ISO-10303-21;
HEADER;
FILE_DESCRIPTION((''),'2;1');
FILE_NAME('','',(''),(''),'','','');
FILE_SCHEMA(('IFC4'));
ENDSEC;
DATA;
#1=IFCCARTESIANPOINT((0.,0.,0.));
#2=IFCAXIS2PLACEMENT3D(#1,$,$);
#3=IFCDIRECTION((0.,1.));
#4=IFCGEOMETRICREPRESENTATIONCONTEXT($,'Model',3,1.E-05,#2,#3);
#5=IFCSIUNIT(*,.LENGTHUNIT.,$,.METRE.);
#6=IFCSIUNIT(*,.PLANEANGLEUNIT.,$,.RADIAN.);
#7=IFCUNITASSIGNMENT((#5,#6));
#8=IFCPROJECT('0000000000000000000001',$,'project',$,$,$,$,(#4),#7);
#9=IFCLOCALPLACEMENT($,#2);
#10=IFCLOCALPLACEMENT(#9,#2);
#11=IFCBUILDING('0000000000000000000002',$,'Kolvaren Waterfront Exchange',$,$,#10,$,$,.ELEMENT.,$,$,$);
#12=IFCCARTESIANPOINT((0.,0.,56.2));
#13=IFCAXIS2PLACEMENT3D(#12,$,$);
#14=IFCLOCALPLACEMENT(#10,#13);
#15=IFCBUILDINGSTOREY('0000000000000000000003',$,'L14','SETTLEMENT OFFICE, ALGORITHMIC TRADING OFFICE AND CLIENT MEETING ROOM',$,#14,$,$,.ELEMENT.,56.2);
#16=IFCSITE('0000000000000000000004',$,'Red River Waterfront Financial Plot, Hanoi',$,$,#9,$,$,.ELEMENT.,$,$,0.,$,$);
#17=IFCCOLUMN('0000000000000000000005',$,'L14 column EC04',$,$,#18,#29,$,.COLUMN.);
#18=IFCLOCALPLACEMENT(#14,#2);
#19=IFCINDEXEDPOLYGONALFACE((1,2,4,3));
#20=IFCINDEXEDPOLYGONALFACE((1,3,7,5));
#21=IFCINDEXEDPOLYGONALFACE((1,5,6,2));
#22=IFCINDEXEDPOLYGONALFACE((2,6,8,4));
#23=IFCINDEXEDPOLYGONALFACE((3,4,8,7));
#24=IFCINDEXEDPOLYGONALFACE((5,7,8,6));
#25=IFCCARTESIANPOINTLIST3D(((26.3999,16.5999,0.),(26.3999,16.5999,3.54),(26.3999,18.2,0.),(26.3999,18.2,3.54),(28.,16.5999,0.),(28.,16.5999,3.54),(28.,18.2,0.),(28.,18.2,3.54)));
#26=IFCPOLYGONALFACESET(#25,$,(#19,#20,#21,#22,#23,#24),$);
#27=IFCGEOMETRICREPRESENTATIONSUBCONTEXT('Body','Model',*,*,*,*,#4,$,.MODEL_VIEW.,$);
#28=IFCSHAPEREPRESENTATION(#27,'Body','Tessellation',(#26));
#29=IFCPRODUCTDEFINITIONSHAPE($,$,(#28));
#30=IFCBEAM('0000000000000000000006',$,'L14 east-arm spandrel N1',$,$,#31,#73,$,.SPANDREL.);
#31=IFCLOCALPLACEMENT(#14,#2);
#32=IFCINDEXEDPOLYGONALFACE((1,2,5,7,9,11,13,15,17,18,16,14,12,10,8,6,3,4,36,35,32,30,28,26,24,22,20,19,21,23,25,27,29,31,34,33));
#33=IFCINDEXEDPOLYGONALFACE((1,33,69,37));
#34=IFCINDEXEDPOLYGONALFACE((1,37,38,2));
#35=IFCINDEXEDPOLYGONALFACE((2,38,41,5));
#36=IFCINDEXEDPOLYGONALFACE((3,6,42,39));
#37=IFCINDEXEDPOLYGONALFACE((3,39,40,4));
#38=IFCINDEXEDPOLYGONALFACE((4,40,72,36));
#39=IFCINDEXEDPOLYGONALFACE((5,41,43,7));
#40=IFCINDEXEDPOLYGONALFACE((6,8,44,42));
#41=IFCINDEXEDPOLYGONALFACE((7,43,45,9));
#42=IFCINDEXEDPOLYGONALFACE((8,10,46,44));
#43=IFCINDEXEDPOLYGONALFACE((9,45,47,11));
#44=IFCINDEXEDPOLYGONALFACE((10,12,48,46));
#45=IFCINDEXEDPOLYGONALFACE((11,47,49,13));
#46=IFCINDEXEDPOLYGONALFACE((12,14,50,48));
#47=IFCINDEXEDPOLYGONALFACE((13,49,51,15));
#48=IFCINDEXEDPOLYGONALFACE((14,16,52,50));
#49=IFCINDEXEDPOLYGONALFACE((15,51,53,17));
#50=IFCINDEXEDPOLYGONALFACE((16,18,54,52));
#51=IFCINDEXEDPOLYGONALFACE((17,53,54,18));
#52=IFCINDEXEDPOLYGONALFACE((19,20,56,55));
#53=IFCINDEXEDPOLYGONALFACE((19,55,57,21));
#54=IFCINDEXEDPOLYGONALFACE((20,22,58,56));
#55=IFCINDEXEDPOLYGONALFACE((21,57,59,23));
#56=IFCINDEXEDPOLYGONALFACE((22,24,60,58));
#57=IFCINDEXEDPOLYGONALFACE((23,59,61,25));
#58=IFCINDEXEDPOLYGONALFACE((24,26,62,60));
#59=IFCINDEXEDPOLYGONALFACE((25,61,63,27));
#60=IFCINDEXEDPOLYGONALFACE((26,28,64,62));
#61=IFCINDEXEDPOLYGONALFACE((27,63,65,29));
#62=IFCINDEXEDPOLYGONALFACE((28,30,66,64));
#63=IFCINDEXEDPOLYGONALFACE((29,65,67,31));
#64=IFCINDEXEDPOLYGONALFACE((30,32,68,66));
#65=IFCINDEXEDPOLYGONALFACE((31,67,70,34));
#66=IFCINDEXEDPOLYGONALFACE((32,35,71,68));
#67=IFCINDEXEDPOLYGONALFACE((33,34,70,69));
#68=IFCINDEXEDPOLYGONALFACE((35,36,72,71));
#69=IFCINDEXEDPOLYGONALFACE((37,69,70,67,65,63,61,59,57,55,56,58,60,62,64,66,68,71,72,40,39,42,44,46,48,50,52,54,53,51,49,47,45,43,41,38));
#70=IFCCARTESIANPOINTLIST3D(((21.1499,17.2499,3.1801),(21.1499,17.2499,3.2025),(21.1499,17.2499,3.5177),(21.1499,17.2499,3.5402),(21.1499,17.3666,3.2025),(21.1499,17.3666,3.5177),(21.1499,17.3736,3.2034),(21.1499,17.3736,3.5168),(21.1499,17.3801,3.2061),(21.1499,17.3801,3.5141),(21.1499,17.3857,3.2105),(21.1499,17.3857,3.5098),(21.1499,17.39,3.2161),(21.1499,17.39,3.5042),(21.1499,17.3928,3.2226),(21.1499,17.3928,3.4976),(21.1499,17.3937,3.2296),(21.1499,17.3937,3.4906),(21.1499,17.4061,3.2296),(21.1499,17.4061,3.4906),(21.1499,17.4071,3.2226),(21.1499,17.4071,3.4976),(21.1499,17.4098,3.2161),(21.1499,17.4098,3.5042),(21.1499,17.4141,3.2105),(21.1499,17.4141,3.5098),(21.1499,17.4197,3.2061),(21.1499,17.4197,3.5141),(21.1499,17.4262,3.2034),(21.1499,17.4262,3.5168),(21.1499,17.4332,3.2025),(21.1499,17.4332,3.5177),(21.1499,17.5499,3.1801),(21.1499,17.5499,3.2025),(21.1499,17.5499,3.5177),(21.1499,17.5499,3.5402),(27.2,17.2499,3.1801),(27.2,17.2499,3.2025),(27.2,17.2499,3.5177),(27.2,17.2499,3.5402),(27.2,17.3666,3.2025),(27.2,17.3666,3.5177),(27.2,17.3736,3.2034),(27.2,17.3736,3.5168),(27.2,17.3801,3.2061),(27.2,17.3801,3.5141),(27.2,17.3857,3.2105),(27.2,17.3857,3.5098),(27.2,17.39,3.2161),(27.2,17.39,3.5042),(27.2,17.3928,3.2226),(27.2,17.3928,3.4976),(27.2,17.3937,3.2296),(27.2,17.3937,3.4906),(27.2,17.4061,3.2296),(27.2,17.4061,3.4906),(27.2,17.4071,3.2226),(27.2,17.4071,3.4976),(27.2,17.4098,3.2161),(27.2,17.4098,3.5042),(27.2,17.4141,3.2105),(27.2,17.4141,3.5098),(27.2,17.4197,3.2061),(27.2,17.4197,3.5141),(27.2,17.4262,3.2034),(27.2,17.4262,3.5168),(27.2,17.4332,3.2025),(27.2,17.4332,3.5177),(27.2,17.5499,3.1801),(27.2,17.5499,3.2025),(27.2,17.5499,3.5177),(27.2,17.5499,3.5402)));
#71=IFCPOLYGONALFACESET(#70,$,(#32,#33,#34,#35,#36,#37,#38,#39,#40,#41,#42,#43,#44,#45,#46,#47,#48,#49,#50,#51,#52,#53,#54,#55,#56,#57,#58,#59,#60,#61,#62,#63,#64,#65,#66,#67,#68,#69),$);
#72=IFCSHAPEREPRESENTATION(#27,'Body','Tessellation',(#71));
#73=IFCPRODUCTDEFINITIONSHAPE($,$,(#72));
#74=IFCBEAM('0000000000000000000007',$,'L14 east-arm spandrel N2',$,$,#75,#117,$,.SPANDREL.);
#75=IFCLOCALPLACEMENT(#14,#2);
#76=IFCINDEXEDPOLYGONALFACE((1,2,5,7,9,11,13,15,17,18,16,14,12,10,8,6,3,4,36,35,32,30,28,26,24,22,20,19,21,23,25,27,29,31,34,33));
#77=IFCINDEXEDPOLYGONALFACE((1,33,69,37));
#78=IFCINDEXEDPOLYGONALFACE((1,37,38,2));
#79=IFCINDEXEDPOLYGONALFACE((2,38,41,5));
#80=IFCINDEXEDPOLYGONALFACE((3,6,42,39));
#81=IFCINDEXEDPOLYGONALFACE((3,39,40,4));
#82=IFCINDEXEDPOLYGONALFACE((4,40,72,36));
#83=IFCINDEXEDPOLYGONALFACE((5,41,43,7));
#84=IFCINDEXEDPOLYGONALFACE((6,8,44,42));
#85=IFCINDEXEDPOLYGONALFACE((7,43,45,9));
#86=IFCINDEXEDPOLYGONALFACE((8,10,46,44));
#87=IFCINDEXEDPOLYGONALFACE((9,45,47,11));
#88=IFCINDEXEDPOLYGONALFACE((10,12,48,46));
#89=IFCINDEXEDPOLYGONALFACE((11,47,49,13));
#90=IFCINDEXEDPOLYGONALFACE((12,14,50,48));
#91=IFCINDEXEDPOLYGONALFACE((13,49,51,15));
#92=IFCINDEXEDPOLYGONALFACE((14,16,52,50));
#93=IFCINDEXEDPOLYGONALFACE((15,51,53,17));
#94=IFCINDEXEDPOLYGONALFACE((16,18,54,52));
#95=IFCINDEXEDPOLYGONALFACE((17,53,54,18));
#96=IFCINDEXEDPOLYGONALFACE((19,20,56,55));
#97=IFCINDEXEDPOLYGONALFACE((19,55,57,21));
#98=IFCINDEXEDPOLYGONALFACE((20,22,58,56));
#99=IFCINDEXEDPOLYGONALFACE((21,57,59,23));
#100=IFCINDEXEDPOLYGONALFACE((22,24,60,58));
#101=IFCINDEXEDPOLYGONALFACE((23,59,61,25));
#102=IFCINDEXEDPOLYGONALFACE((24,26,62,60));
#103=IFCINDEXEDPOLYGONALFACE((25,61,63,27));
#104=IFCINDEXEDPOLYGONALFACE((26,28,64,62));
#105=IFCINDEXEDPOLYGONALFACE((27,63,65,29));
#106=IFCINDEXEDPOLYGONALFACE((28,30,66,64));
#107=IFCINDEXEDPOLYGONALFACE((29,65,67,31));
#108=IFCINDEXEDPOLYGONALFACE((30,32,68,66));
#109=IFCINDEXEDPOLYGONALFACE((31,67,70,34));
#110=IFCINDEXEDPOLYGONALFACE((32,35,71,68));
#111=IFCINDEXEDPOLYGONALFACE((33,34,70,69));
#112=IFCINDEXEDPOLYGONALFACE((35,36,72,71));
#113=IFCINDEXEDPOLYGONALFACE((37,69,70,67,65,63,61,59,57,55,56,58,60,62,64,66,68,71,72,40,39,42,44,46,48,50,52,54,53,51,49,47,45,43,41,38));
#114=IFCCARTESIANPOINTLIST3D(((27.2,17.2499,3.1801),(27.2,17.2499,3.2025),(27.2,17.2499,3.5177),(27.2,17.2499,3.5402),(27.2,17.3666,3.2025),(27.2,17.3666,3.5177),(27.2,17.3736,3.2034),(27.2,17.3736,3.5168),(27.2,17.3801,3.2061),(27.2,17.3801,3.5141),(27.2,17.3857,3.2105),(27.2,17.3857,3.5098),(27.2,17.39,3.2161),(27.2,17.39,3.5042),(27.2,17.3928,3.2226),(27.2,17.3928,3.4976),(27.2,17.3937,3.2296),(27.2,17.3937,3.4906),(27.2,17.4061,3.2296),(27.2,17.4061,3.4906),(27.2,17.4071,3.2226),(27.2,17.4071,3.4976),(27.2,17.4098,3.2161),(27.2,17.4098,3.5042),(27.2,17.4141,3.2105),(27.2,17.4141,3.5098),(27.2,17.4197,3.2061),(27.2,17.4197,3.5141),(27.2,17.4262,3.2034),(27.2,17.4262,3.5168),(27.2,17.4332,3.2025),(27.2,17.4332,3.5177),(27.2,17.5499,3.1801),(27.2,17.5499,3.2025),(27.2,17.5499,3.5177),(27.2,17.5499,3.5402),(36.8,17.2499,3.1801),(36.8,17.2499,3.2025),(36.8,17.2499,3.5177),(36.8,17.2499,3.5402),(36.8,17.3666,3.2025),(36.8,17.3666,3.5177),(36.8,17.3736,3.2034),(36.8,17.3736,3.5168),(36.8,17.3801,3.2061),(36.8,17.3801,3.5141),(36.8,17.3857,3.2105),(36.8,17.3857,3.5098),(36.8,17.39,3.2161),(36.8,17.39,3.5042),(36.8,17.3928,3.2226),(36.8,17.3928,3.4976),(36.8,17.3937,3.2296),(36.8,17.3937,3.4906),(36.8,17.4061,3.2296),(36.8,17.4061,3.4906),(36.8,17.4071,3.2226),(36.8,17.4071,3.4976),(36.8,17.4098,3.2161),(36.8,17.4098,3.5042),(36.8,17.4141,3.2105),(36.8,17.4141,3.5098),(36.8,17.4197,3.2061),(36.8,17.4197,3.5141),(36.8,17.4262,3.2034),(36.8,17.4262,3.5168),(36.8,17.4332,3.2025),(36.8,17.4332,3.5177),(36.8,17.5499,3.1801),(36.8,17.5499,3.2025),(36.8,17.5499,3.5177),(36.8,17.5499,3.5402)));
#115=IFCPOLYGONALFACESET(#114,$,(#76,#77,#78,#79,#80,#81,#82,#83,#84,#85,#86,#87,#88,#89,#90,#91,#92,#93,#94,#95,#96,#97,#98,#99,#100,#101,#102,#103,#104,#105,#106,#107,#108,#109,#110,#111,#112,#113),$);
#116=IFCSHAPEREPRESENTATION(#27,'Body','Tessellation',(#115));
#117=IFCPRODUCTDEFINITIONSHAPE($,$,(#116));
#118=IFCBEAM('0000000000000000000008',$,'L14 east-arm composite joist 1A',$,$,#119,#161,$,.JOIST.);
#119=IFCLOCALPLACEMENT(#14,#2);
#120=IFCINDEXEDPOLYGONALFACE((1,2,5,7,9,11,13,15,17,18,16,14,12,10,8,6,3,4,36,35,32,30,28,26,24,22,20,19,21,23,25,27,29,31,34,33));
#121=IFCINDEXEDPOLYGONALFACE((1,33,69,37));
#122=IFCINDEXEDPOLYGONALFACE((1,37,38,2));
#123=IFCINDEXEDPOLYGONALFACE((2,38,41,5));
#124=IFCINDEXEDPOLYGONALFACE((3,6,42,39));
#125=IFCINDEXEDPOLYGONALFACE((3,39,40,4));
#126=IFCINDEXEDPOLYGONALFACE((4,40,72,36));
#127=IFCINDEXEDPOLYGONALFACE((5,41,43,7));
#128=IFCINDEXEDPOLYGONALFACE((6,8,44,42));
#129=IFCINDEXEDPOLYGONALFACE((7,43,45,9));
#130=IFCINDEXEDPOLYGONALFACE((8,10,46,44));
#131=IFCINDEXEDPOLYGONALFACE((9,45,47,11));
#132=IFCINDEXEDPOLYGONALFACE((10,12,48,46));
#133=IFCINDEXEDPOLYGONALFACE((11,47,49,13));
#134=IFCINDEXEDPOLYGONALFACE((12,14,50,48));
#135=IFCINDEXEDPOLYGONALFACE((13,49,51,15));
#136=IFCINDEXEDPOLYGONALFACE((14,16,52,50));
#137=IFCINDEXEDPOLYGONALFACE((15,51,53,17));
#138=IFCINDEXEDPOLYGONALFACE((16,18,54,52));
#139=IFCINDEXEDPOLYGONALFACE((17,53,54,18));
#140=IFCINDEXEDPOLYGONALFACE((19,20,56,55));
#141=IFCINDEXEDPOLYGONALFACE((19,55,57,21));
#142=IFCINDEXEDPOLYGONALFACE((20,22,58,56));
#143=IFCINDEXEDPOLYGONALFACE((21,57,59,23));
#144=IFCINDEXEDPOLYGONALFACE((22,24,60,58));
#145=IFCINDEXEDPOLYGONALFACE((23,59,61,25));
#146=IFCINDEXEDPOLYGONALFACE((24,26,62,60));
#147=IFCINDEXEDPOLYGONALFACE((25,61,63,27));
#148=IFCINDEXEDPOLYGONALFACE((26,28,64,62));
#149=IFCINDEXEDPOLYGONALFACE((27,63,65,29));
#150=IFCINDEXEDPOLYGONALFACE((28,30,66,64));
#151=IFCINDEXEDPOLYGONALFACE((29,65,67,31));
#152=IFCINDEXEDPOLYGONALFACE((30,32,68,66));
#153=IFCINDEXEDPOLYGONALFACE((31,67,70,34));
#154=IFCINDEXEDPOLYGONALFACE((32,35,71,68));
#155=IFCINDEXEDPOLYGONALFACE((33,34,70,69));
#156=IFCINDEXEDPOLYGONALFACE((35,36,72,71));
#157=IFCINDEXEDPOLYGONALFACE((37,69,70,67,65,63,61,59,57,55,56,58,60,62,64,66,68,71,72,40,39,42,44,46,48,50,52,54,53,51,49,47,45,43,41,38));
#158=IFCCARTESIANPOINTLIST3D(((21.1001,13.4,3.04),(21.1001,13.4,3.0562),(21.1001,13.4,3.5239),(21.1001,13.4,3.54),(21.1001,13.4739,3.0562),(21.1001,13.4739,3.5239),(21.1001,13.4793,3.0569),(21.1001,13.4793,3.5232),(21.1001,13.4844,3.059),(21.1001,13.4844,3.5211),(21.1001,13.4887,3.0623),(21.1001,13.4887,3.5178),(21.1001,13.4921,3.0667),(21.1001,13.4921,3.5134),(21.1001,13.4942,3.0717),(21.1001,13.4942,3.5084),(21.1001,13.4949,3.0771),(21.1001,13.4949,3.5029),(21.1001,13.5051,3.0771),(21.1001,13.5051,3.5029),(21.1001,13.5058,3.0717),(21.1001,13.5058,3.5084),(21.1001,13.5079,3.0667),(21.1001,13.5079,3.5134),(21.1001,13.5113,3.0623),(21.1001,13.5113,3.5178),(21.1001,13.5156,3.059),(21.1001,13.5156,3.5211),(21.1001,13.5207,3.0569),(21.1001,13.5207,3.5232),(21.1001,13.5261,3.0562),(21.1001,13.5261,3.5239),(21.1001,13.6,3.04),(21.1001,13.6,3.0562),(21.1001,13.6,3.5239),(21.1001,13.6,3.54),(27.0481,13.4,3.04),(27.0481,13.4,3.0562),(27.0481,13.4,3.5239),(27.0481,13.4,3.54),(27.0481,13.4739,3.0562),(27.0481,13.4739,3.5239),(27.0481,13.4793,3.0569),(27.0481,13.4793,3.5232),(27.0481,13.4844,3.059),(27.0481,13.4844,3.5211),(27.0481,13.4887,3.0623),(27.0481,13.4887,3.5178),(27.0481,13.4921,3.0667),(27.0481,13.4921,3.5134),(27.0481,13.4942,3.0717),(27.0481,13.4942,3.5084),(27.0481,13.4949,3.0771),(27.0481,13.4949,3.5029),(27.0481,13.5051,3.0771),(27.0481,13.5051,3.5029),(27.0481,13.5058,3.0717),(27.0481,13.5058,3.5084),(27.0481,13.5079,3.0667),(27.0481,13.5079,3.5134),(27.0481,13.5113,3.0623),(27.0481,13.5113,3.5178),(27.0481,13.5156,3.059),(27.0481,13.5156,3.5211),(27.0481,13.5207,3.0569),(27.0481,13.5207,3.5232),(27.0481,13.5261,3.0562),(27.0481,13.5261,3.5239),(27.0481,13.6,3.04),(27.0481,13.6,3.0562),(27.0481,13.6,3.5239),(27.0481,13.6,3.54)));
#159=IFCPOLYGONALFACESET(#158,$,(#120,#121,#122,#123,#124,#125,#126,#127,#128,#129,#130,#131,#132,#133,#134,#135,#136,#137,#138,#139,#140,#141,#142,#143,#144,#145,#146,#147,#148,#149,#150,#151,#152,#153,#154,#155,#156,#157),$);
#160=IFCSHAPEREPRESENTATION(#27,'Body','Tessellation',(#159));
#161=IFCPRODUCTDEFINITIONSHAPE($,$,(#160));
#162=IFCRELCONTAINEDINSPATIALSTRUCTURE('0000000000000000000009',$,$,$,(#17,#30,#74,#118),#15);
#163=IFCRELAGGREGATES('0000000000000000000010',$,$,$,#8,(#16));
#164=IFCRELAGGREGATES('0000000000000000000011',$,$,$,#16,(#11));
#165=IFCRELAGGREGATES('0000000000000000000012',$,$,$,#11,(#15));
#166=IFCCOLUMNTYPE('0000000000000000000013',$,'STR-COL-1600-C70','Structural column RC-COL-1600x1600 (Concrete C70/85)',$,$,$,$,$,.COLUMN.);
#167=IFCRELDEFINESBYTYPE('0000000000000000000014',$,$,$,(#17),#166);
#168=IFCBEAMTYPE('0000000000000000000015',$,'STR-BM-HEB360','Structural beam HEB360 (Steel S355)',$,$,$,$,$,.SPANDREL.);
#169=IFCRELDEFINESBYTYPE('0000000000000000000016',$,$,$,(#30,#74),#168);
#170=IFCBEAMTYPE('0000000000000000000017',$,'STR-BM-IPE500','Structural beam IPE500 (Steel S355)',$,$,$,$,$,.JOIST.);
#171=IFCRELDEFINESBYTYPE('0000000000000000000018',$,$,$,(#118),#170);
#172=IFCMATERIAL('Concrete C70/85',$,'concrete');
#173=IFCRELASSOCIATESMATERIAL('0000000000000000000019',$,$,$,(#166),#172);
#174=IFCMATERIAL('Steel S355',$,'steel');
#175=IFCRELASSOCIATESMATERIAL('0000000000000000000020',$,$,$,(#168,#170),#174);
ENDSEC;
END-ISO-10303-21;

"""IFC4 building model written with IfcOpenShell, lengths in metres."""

from ifc_helpers import new_model, si_unit, direction, frame, origin, origin_2d, place, context, subcontext, project, spatial, rectangle, i_section, extrude, material, material_profile, profile_set, type_object, element, save


model = new_model("IFC4")

# Units and contexts
model_context = context("Model", 3, precision=1e-05, world=origin(), true_north=direction((0.0, 1.0)))
body_context = subcontext(model_context, "Body", "Model", "MODEL_VIEW")
ifc_project = project(units=[si_unit("LENGTHUNIT", "METRE"), si_unit("PLANEANGLEUNIT", "RADIAN")], contexts=[model_context])

# Site, building, storey
site_placement = place(None, origin())
site = spatial("IfcSite", under=ifc_project, at=site_placement, Name="Red River Waterfront Financial Plot, Hanoi", CompositionType="ELEMENT", RefElevation=0.0)
building_placement = place(site_placement, origin())
building = spatial("IfcBuilding", under=site, at=building_placement, Name="Kolvaren Waterfront Exchange", CompositionType="ELEMENT")
storey_placement = place(building_placement, frame((0.0, 0.0, 56.2)))
storey = spatial("IfcBuildingStorey", under=building, at=storey_placement, Name="L14", Description="SETTLEMENT OFFICE, ALGORITHMIC TRADING OFFICE AND CLIENT MEETING ROOM", CompositionType="ELEMENT", Elevation=56.2)

# Column
ifc_material_1 = material(Name="Concrete C70/85", Category="concrete")
ifc_material_profile_1 = material_profile(ifc_material_1, rectangle(XDim=1.6001, YDim=1.6001, at=origin_2d()), Name="RC-COL-1600x1600")
ifc_profile_set_1 = profile_set([ifc_material_profile_1], Name="Concrete C70/85")
column_type = type_object("IfcColumnType", Name="STR-COL-1600-C70", Description="Structural column RC-COL-1600x1600 (Concrete C70/85)", PredefinedType="COLUMN", material=ifc_profile_set_1)
column_placement = place(storey_placement, frame((27.2, 17.3999, 0.0), z_axis=(0.0, 0.0, 1.0), x_axis=(1.0, 0.0, 0.0)))
element("IfcColumn", 1, at=column_placement, inside=storey, type_object=column_type, Name="L14 column EC04", PredefinedType="COLUMN", context=body_context, shape_type="SweptSolid", body=[
    extrude(rectangle(XDim=1.6001, YDim=1.6001, at=origin_2d()), origin(), (0.0, 0.0, 1.0), 3.54),
])

# Beams
ifc_material_2 = material(Name="Steel S355", Category="steel")
ifc_material_profile_2 = material_profile(ifc_material_2, i_section(OverallWidth=0.3, OverallDepth=0.3601, WebThickness=0.0125, FlangeThickness=0.0225, FilletRadius=0.0271, at=origin_2d()), Name="HEB360")
ifc_profile_set_2 = profile_set([ifc_material_profile_2], Name="Steel S355")
beam_type_1 = type_object("IfcBeamType", Name="STR-BM-HEB360", Description="Structural beam HEB360 (Steel S355)", PredefinedType="SPANDREL", material=ifc_profile_set_2)
beam_1_placement = place(storey_placement, frame((21.1499, 17.3999, 3.3601), z_axis=(1.0, 0.0, 0.0), x_axis=(0.0, 1.0, 0.0)))
element("IfcBeam", 2, at=beam_1_placement, inside=storey, type_object=beam_type_1, Name="L14 east-arm spandrel N1", PredefinedType="SPANDREL", context=body_context, shape_type="SweptSolid", body=[
    extrude(i_section(OverallWidth=0.3, OverallDepth=0.3601, WebThickness=0.0125, FlangeThickness=0.0225, FilletRadius=0.0271, at=origin_2d()), origin(), (0.0, 0.0, 1.0), 6.05),
])
beam_2_placement = place(storey_placement, frame((27.2, 17.3999, 3.3601), z_axis=(1.0, 0.0, 0.0), x_axis=(0.0, 1.0, 0.0)))
element("IfcBeam", 3, at=beam_2_placement, inside=storey, type_object=beam_type_1, Name="L14 east-arm spandrel N2", PredefinedType="SPANDREL", context=body_context, shape_type="SweptSolid", body=[
    extrude(i_section(OverallWidth=0.3, OverallDepth=0.3601, WebThickness=0.0125, FlangeThickness=0.0225, FilletRadius=0.0271, at=origin_2d()), origin(), (0.0, 0.0, 1.0), 9.6001),
])
ifc_material_profile_3 = material_profile(ifc_material_2, i_section(OverallWidth=0.2, OverallDepth=0.5, WebThickness=0.0103, FlangeThickness=0.0161, FilletRadius=0.021, at=origin_2d()), Name="IPE500")
ifc_profile_set_3 = profile_set([ifc_material_profile_3], Name="Steel S355")
beam_type_2 = type_object("IfcBeamType", Name="STR-BM-IPE500", Description="Structural beam IPE500 (Steel S355)", PredefinedType="JOIST", material=ifc_profile_set_3)
for number, where, z_axis, x_axis, name in (
    (4, (21.1001, 13.5, 3.29), (1.0, 0.0, 0.0), (0.0, 1.0, 0.0), "L14 east-arm composite joist 1A"),
):
    element("IfcBeam", number, at=place(storey_placement, frame(where, z_axis=z_axis, x_axis=x_axis)), inside=storey, type_object=beam_type_2, Name=name, PredefinedType="JOIST", context=body_context, shape_type="SweptSolid", body=[
        extrude(i_section(OverallWidth=0.2, OverallDepth=0.5, WebThickness=0.0103, FlangeThickness=0.0161, FilletRadius=0.021, at=origin_2d()), origin(), (0.0, 0.0, 1.0), 5.948),
    ])

save(model, "model.ifc")
